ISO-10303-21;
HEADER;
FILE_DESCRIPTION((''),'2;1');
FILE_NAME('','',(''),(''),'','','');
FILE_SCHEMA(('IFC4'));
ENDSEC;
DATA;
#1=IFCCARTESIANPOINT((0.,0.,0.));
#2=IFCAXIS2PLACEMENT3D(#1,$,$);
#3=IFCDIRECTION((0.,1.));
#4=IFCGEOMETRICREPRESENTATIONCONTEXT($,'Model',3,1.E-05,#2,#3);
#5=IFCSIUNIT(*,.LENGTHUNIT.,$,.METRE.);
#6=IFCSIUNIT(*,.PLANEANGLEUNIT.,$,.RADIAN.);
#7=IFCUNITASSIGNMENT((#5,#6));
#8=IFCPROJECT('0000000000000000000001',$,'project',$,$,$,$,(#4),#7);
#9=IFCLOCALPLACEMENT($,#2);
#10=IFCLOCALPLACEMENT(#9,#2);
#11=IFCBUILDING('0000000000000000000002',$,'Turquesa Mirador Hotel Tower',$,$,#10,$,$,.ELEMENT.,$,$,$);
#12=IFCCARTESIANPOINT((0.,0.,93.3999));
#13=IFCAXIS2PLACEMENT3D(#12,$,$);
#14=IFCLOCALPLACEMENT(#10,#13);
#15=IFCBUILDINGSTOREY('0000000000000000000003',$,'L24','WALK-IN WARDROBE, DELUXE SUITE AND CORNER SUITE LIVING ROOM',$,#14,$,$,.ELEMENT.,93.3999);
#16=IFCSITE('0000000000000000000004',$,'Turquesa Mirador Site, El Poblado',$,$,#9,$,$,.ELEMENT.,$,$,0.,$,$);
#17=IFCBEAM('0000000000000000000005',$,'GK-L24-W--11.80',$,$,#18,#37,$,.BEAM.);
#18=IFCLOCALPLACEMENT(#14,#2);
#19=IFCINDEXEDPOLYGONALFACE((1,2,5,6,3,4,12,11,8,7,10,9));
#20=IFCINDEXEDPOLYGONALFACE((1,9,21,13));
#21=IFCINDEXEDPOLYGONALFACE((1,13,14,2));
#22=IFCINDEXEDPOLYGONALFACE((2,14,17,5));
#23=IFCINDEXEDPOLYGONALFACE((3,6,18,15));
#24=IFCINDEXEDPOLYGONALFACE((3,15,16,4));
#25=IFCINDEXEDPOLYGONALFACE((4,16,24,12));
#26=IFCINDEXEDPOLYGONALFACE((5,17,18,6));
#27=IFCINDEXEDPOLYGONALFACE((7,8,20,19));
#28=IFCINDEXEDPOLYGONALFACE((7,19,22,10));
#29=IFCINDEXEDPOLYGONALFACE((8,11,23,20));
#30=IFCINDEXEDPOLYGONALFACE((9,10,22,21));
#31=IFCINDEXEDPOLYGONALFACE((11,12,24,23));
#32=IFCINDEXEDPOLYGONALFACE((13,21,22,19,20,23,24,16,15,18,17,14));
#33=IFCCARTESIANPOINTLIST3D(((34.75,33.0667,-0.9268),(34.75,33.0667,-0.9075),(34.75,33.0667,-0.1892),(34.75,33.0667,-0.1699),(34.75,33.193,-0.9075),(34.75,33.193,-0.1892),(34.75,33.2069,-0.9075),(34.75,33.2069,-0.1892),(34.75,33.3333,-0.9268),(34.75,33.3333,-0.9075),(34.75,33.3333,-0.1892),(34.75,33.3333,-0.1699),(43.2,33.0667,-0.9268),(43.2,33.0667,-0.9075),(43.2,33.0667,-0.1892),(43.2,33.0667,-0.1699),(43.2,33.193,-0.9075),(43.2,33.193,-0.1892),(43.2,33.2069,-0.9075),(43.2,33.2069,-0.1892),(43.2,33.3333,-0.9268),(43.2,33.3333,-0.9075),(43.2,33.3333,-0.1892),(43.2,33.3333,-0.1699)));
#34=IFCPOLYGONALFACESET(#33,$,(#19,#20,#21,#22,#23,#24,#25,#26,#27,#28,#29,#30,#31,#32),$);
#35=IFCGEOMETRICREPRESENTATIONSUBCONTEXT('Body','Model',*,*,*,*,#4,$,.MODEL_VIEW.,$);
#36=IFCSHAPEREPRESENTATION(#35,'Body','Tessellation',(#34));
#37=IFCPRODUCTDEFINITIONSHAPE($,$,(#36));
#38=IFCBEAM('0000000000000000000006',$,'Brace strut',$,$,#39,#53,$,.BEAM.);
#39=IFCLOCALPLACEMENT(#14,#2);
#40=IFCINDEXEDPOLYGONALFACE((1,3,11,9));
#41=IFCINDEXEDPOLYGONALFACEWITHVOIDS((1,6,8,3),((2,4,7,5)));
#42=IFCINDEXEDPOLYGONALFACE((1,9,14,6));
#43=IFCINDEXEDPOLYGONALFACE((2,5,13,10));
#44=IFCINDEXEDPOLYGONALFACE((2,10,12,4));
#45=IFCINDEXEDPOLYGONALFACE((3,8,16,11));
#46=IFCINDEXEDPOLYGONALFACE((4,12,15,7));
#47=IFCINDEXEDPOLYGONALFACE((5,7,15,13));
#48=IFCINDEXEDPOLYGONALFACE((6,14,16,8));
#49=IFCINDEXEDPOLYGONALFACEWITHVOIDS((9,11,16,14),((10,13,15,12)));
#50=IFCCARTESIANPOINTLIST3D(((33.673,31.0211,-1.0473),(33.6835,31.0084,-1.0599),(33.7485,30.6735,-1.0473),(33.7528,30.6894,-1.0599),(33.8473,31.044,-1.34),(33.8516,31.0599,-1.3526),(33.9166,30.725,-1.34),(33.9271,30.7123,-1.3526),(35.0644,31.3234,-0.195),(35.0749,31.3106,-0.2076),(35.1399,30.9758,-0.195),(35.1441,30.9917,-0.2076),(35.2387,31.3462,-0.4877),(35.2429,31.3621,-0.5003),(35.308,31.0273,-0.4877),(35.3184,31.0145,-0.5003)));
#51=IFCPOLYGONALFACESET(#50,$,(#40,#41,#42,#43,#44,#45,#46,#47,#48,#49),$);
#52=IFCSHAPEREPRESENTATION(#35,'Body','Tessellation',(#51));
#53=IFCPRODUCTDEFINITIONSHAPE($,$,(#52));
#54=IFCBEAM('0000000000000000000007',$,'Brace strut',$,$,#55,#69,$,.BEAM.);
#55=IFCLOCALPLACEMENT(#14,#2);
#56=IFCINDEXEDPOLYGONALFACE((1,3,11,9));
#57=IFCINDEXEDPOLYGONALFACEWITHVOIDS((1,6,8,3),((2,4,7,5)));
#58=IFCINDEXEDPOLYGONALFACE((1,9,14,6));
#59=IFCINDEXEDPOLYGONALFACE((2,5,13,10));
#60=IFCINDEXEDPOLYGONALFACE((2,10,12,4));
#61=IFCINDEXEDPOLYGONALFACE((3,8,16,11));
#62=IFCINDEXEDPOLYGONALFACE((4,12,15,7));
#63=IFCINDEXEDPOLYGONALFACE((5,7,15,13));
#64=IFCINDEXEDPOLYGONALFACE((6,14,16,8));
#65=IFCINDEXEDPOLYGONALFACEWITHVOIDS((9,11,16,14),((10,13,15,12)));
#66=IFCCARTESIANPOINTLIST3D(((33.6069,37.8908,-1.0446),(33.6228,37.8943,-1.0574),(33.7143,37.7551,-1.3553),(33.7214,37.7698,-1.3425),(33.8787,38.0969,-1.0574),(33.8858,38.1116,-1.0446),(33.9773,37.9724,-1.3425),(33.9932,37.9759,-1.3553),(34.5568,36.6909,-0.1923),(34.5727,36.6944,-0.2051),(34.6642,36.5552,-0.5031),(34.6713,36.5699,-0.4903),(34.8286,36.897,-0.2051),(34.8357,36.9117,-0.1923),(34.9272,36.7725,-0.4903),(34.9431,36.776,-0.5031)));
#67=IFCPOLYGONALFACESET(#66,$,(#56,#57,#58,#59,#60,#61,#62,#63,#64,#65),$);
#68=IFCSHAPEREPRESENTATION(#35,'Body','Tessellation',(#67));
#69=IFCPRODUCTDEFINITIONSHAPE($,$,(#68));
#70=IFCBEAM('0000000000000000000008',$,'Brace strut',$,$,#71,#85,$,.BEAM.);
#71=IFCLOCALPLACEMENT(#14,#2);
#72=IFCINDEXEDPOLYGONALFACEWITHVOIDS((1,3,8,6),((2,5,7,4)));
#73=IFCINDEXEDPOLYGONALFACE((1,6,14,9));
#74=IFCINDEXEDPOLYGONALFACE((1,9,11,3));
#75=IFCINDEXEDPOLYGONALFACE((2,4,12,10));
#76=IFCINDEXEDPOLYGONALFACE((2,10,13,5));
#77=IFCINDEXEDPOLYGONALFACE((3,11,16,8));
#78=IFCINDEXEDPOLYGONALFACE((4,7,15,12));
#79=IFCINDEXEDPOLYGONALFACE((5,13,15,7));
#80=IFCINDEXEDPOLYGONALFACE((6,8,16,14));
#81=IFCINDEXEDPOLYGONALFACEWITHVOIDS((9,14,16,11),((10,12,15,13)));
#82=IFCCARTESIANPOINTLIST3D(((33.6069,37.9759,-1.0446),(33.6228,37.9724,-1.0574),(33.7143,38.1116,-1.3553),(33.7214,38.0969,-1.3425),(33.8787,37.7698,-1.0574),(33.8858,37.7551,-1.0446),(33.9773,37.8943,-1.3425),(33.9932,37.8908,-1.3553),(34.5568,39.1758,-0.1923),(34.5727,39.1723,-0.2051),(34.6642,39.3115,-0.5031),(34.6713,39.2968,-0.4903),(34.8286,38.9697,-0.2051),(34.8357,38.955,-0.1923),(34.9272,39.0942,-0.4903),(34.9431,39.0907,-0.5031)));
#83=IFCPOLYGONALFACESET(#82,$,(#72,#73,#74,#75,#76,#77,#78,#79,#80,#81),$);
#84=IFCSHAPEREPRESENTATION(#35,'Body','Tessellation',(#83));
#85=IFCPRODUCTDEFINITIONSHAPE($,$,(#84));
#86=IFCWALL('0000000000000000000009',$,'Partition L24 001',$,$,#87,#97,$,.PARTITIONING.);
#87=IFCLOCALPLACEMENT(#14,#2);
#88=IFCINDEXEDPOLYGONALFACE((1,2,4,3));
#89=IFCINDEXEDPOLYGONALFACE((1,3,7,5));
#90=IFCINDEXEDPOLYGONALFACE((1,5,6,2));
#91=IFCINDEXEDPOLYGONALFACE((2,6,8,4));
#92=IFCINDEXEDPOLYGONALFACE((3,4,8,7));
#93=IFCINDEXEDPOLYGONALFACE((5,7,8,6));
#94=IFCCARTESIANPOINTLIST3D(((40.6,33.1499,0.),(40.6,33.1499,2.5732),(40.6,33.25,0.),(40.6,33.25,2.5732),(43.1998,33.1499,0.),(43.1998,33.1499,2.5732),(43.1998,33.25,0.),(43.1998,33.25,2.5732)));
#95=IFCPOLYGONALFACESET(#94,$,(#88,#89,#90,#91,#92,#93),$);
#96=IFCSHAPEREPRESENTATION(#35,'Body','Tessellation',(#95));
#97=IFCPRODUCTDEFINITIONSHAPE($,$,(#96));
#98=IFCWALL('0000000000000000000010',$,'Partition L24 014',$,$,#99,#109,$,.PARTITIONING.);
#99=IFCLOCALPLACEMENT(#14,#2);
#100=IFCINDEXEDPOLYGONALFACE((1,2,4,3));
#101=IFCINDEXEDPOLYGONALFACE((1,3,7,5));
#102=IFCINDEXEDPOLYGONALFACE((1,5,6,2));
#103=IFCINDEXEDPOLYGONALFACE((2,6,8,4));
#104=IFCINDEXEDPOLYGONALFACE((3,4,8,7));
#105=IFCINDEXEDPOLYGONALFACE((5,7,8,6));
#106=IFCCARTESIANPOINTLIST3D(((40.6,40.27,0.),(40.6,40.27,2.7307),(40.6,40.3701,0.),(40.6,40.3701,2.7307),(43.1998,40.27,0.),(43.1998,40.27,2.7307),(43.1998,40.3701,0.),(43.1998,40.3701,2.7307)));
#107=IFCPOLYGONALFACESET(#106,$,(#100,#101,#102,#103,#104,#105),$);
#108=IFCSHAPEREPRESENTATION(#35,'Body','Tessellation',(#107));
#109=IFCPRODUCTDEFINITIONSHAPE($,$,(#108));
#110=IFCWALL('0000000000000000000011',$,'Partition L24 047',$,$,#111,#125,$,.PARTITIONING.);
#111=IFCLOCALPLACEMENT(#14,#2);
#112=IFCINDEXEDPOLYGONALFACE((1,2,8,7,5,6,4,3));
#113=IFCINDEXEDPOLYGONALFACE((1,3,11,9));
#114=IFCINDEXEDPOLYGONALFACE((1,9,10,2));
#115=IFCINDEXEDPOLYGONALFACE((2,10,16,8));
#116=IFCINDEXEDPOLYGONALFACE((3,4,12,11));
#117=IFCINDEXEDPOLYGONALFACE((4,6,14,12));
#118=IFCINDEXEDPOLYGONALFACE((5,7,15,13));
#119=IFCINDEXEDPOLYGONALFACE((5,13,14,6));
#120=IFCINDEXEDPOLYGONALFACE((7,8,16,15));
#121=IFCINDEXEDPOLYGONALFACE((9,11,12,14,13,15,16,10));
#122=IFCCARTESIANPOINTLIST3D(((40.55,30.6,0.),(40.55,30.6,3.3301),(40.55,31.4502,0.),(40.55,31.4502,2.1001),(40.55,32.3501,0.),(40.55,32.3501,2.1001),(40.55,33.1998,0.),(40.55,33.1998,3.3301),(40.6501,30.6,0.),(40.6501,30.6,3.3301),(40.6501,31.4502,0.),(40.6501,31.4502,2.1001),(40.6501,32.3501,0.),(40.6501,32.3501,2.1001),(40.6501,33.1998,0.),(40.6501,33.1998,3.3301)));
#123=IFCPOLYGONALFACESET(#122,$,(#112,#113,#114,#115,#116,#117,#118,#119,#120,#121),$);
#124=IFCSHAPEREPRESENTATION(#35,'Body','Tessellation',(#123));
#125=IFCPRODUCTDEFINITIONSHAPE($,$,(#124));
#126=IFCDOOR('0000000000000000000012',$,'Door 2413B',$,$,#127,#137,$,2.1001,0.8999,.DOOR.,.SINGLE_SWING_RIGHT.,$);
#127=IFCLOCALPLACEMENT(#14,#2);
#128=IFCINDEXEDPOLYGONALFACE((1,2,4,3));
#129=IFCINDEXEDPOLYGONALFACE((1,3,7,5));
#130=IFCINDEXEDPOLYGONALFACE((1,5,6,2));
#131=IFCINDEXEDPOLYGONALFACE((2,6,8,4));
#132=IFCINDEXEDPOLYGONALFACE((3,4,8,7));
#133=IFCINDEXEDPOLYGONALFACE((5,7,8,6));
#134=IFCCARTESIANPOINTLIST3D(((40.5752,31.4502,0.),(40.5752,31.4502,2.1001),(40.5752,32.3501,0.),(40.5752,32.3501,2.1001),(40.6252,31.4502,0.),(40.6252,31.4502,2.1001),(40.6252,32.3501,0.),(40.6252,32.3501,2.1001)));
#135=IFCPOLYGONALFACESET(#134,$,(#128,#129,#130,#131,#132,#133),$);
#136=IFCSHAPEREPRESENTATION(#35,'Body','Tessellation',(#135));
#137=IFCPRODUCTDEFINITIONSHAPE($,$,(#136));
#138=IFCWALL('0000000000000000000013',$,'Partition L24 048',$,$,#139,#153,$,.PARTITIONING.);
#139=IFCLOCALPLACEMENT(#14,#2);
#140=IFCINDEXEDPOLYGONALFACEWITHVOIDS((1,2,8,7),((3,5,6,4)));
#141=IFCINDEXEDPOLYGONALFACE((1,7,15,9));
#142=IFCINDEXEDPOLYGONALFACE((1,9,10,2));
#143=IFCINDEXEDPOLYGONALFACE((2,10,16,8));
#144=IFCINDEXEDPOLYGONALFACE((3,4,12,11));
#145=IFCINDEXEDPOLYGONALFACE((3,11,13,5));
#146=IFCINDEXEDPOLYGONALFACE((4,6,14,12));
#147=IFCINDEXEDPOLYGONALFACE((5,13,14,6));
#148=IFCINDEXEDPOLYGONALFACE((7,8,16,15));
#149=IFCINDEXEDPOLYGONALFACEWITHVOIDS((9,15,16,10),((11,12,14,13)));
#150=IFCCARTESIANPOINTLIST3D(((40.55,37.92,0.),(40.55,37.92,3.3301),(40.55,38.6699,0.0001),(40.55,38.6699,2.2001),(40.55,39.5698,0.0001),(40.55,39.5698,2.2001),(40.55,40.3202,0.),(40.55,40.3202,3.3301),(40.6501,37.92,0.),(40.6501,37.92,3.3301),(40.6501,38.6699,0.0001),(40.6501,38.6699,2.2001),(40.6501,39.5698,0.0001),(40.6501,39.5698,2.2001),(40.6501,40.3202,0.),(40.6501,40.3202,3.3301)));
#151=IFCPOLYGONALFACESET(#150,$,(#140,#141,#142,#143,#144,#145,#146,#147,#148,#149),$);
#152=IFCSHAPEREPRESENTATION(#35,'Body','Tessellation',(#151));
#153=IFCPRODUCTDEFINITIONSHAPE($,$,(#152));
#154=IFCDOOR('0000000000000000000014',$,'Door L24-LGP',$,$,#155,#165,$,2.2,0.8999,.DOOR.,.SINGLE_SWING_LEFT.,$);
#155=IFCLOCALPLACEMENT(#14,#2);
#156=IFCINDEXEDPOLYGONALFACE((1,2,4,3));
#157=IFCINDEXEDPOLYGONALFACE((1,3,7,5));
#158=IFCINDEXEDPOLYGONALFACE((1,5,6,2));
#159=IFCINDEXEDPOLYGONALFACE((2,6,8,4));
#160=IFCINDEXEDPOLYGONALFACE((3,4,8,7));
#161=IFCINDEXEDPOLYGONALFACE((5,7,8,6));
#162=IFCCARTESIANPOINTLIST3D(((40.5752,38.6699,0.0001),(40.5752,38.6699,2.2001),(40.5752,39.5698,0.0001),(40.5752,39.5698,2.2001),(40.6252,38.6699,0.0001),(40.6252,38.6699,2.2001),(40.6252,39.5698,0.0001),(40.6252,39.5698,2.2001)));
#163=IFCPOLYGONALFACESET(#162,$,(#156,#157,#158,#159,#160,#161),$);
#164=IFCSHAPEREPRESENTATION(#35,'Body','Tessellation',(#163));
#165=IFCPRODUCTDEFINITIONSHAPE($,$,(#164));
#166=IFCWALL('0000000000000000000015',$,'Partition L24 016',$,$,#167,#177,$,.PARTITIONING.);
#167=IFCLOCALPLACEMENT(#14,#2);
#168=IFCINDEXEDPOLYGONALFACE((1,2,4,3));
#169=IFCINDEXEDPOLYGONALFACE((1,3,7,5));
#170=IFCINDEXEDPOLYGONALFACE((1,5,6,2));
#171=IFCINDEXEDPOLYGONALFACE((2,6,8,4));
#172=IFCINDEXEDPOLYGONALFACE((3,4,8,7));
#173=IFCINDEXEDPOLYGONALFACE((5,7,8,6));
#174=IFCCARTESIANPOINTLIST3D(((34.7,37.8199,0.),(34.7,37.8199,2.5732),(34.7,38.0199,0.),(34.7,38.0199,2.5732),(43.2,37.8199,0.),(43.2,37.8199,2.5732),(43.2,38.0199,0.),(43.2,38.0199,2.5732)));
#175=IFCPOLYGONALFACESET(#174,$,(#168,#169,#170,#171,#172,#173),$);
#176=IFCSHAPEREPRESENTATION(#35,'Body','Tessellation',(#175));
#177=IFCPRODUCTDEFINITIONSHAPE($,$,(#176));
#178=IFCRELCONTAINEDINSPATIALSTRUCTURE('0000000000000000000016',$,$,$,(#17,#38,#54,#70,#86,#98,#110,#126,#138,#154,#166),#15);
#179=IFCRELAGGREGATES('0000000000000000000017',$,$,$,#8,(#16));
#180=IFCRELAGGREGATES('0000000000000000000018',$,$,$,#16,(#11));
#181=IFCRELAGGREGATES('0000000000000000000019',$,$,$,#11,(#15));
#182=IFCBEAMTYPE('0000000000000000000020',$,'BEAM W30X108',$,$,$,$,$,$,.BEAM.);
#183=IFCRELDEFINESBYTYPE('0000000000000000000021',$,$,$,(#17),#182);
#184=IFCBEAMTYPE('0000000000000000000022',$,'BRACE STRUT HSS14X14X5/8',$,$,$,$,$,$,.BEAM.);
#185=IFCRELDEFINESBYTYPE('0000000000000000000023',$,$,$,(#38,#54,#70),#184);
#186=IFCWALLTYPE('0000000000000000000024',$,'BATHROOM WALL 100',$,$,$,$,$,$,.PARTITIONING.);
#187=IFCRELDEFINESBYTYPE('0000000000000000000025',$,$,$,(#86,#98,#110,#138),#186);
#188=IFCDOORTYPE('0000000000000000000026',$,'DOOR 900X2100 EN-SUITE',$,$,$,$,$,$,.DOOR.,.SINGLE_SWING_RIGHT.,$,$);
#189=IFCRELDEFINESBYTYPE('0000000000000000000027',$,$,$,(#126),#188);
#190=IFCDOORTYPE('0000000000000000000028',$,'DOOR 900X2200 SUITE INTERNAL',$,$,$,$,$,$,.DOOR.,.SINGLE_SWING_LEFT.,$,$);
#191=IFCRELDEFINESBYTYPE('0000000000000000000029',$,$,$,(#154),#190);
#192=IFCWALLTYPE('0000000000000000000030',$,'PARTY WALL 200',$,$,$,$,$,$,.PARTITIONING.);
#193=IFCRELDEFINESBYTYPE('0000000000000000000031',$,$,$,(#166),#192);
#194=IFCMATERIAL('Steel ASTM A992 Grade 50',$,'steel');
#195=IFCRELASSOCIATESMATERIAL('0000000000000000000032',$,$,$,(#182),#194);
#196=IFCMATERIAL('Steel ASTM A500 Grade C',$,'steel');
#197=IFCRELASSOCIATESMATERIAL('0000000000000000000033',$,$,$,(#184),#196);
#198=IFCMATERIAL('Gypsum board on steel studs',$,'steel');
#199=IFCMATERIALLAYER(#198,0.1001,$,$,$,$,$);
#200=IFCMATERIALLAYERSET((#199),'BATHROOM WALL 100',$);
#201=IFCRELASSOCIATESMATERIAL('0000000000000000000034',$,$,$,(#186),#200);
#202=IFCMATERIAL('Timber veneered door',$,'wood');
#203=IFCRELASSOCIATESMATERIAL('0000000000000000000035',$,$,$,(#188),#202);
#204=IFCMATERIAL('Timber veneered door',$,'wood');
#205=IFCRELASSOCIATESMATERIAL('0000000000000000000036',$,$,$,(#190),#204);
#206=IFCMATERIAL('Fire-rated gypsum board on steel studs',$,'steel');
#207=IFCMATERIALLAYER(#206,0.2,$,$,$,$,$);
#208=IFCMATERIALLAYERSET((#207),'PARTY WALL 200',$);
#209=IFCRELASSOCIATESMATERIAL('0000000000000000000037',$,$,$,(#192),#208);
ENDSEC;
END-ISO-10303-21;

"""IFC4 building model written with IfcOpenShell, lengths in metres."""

from ifc_helpers import new_model, si_unit, direction, frame, frame_2d, origin, origin_2d, place, context, subcontext, project, spatial, rectangle, hollow_rectangle, i_section, extrude, material, layer, layer_set, material_profile, profile_set, type_object, element, fill, save


model = new_model("IFC4")

# Units and contexts
model_context = context("Model", 3, precision=1e-05, world=origin(), true_north=direction((0.0, 1.0)))
body_context = subcontext(model_context, "Body", "Model", "MODEL_VIEW")
ifc_project = project(units=[si_unit("LENGTHUNIT", "METRE"), si_unit("PLANEANGLEUNIT", "RADIAN")], contexts=[model_context])

# Site, building, storey
site_placement = place(None, origin())
site = spatial("IfcSite", under=ifc_project, at=site_placement, Name="Turquesa Mirador Site, El Poblado", CompositionType="ELEMENT", RefElevation=0.0)
building_placement = place(site_placement, origin())
building = spatial("IfcBuilding", under=site, at=building_placement, Name="Turquesa Mirador Hotel Tower", CompositionType="ELEMENT")
storey_placement = place(building_placement, frame((0.0, 0.0, 93.3999)))
storey = spatial("IfcBuildingStorey", under=building, at=storey_placement, Name="L24", Description="WALK-IN WARDROBE, DELUXE SUITE AND CORNER SUITE LIVING ROOM", CompositionType="ELEMENT", Elevation=93.3999)

# Beams
ifc_material_1 = material(Name="Steel ASTM A992 Grade 50", Category="steel")
ifc_material_profile_1 = material_profile(ifc_material_1, i_section(OverallWidth=0.2666, OverallDepth=0.7568, WebThickness=0.0139, FlangeThickness=0.0193, at=origin_2d()), Name="W30X108")
ifc_profile_set_1 = profile_set([ifc_material_profile_1], Name="Steel ASTM A992 Grade 50")
beam_type_1 = type_object("IfcBeamType", Name="BEAM W30X108", PredefinedType="BEAM", material=ifc_profile_set_1)
beam_1_placement = place(storey_placement, frame((34.75, 33.2, -0.5483), z_axis=(1.0, 0.0, 0.0), x_axis=(0.0, 1.0, 0.0)))
element("IfcBeam", 1, at=beam_1_placement, inside=storey, type_object=beam_type_1, Name="GK-L24-W--11.80", PredefinedType="BEAM", context=body_context, shape_type="SweptSolid", body=[
    extrude(i_section(OverallWidth=0.2666, OverallDepth=0.7568, WebThickness=0.0139, FlangeThickness=0.0193, at=origin_2d()), origin(), (0.0, 0.0, 1.0), 8.45),
])
ifc_material_2 = material(Name="Steel ASTM A500 Grade C", Category="steel")
ifc_material_profile_2 = material_profile(ifc_material_2, hollow_rectangle(XDim=0.3557, YDim=0.3557, WallThickness=0.0146, at=origin_2d()), Name="HSS14X14X5/8")
ifc_profile_set_2 = profile_set([ifc_material_profile_2], Name="Steel ASTM A500 Grade C")
beam_type_2 = type_object("IfcBeamType", Name="BRACE STRUT HSS14X14X5/8", PredefinedType="BEAM", material=ifc_profile_set_2)
beam_2_placement = place(storey_placement, frame((33.8, 30.8667, -1.2), z_axis=(0.838466, 0.182141, 0.513614), x_axis=(-0.21228, 0.977209, 0.0)))
element("IfcBeam", 2, at=beam_2_placement, inside=storey, type_object=beam_type_2, Name="Brace strut", PredefinedType="BEAM", context=body_context, shape_type="SweptSolid", body=[
    extrude(hollow_rectangle(XDim=0.3557, YDim=0.3557, WallThickness=0.0146, at=origin_2d()), origin(), (0.0, 0.0, 1.0), 1.6594),
])
for number, where, z_axis, x_axis, name in (
    (3, (33.8, 37.9333, -1.2), (0.542281, -0.684994, 0.486534), (0.784049, 0.620699, 0.0), "Brace strut"),
    (4, (33.8, 37.9333, -1.2), (0.542281, 0.684994, 0.486534), (-0.784049, 0.620699, 0.0), "Brace strut"),
):
    element("IfcBeam", number, at=place(storey_placement, frame(where, z_axis=z_axis, x_axis=x_axis)), inside=storey, type_object=beam_type_2, Name=name, PredefinedType="BEAM", context=body_context, shape_type="SweptSolid", body=[
        extrude(hollow_rectangle(XDim=0.3557, YDim=0.3557, WallThickness=0.0146, at=origin_2d()), origin(), (0.0, 0.0, 1.0), 1.7517),
    ])

# Walls
ifc_material_3 = material(Name="Gypsum board on steel studs", Category="steel")
ifc_layer_1 = layer(ifc_material_3, 0.1001)
ifc_layer_set_1 = layer_set([ifc_layer_1], Name="BATHROOM WALL 100")
wall_type_1 = type_object("IfcWallType", Name="BATHROOM WALL 100", PredefinedType="PARTITIONING", material=ifc_layer_set_1)
wall_1_placement = place(storey_placement, frame((40.6001, 33.2, 0.0), z_axis=(0.0, 0.0, 1.0), x_axis=(1.0, 0.0, 0.0)))
element("IfcWall", 5, at=wall_1_placement, inside=storey, type_object=wall_type_1, Name="Partition L24 001", PredefinedType="PARTITIONING", context=body_context, shape_type="SweptSolid", body=[
    extrude(rectangle(XDim=2.5999, YDim=0.1001, at=frame_2d((1.2998, 0.0))), origin(), (0.0, 0.0, 1.0), 2.5732),
])
wall_2_placement = place(storey_placement, frame((40.6001, 40.3201, 0.0), z_axis=(0.0, 0.0, 1.0), x_axis=(1.0, 0.0, 0.0)))
element("IfcWall", 6, at=wall_2_placement, inside=storey, type_object=wall_type_1, Name="Partition L24 014", PredefinedType="PARTITIONING", context=body_context, shape_type="SweptSolid", body=[
    extrude(rectangle(XDim=2.5999, YDim=0.1001, at=frame_2d((1.2998, 0.0))), origin(), (0.0, 0.0, 1.0), 2.7307),
])

# Walls, openings, doors
wall_3_placement = place(storey_placement, frame((40.6001, 30.6001, 0.0), z_axis=(0.0, 0.0, 1.0), x_axis=(0.0, 1.0, 0.0)))
wall_3 = element("IfcWall", 7, at=wall_3_placement, inside=storey, type_object=wall_type_1, Name="Partition L24 047", PredefinedType="PARTITIONING", context=body_context, shape_type="SweptSolid", body=[
    extrude(rectangle(XDim=2.5999, YDim=0.1001, at=frame_2d((1.2998, 0.0))), origin(), (0.0, 0.0, 1.0), 3.3301),
])
opening_1_placement = place(wall_3_placement, frame((0.8501, 0.0, 0.0)))
opening_1 = element("IfcOpeningElement", 8, at=opening_1_placement, cuts=wall_3, PredefinedType="OPENING", context=body_context, shape_type="SweptSolid", body=[
    extrude(rectangle(XDim=0.8999, YDim=2.1001, at=frame_2d((0.45, 1.05))), frame((0.0, 0.0601, 0.0), z_axis=(0.0, -1.0, 0.0), x_axis=(1.0, 0.0, 0.0)), (0.0, 0.0, 1.0), 0.1201),
])
ifc_material_4 = material(Name="Timber veneered door", Category="wood")
door_type_1 = type_object("IfcDoorType", Name="DOOR 900X2100 EN-SUITE", OperationType="SINGLE_SWING_RIGHT", PredefinedType="DOOR", material=ifc_material_4)
door_1_placement = place(opening_1_placement, origin())
door_1 = element("IfcDoor", 9, at=door_1_placement, inside=storey, type_object=door_type_1, Name="Door 2413B", OperationType="SINGLE_SWING_RIGHT", OverallHeight=2.1001, OverallWidth=0.8999, PredefinedType="DOOR", context=body_context, shape_type="SweptSolid", body=[
    extrude(rectangle(XDim=0.8999, YDim=2.1001, at=frame_2d((0.45, 1.05))), frame((0.0, 0.0249, 0.0), z_axis=(0.0, -1.0, 0.0), x_axis=(1.0, 0.0, 0.0)), (0.0, 0.0, 1.0), 0.05),
])
fill(opening_1, door_1)
wall_4_placement = place(storey_placement, frame((40.6001, 37.9199, 0.0), z_axis=(0.0, 0.0, 1.0), x_axis=(0.0, 1.0, 0.0)))
wall_4 = element("IfcWall", 10, at=wall_4_placement, inside=storey, type_object=wall_type_1, Name="Partition L24 048", PredefinedType="PARTITIONING", context=body_context, shape_type="SweptSolid", body=[
    extrude(rectangle(XDim=2.4001, YDim=0.1001, at=frame_2d((1.2002, 0.0))), origin(), (0.0, 0.0, 1.0), 3.3301),
])
opening_2_placement = place(wall_4_placement, frame((0.75, 0.0, 0.0)))
opening_2 = element("IfcOpeningElement", 11, at=opening_2_placement, cuts=wall_4, PredefinedType="OPENING", context=body_context, shape_type="SweptSolid", body=[
    extrude(rectangle(XDim=0.8999, YDim=2.2, at=frame_2d((0.45, 1.1001))), frame((0.0, 0.0601, 0.0), z_axis=(0.0, -1.0, 0.0), x_axis=(1.0, 0.0, 0.0)), (0.0, 0.0, 1.0), 0.1201),
])
ifc_material_5 = material(Name="Timber veneered door", Category="wood")
door_type_2 = type_object("IfcDoorType", Name="DOOR 900X2200 SUITE INTERNAL", OperationType="SINGLE_SWING_LEFT", PredefinedType="DOOR", material=ifc_material_5)
door_2_placement = place(opening_2_placement, origin())
door_2 = element("IfcDoor", 12, at=door_2_placement, inside=storey, type_object=door_type_2, Name="Door L24-LGP", OperationType="SINGLE_SWING_LEFT", OverallHeight=2.2, OverallWidth=0.8999, PredefinedType="DOOR", context=body_context, shape_type="SweptSolid", body=[
    extrude(rectangle(XDim=0.8999, YDim=2.2, at=frame_2d((0.45, 1.1001))), frame((0.0, 0.0249, 0.0), z_axis=(0.0, -1.0, 0.0), x_axis=(1.0, 0.0, 0.0)), (0.0, 0.0, 1.0), 0.05),
])
fill(opening_2, door_2)

# Wall
ifc_material_6 = material(Name="Fire-rated gypsum board on steel studs", Category="steel")
ifc_layer_2 = layer(ifc_material_6, 0.2)
ifc_layer_set_2 = layer_set([ifc_layer_2], Name="PARTY WALL 200")
wall_type_2 = type_object("IfcWallType", Name="PARTY WALL 200", PredefinedType="PARTITIONING", material=ifc_layer_set_2)
wall_5_placement = place(storey_placement, frame((34.7, 37.9199, 0.0), z_axis=(0.0, 0.0, 1.0), x_axis=(1.0, 0.0, 0.0)))
element("IfcWall", 13, at=wall_5_placement, inside=storey, type_object=wall_type_2, Name="Partition L24 016", PredefinedType="PARTITIONING", context=body_context, shape_type="SweptSolid", body=[
    extrude(rectangle(XDim=8.5, YDim=0.2, at=frame_2d((4.25, 0.0))), origin(), (0.0, 0.0, 1.0), 2.5732),
])

save(model, "model.ifc")
